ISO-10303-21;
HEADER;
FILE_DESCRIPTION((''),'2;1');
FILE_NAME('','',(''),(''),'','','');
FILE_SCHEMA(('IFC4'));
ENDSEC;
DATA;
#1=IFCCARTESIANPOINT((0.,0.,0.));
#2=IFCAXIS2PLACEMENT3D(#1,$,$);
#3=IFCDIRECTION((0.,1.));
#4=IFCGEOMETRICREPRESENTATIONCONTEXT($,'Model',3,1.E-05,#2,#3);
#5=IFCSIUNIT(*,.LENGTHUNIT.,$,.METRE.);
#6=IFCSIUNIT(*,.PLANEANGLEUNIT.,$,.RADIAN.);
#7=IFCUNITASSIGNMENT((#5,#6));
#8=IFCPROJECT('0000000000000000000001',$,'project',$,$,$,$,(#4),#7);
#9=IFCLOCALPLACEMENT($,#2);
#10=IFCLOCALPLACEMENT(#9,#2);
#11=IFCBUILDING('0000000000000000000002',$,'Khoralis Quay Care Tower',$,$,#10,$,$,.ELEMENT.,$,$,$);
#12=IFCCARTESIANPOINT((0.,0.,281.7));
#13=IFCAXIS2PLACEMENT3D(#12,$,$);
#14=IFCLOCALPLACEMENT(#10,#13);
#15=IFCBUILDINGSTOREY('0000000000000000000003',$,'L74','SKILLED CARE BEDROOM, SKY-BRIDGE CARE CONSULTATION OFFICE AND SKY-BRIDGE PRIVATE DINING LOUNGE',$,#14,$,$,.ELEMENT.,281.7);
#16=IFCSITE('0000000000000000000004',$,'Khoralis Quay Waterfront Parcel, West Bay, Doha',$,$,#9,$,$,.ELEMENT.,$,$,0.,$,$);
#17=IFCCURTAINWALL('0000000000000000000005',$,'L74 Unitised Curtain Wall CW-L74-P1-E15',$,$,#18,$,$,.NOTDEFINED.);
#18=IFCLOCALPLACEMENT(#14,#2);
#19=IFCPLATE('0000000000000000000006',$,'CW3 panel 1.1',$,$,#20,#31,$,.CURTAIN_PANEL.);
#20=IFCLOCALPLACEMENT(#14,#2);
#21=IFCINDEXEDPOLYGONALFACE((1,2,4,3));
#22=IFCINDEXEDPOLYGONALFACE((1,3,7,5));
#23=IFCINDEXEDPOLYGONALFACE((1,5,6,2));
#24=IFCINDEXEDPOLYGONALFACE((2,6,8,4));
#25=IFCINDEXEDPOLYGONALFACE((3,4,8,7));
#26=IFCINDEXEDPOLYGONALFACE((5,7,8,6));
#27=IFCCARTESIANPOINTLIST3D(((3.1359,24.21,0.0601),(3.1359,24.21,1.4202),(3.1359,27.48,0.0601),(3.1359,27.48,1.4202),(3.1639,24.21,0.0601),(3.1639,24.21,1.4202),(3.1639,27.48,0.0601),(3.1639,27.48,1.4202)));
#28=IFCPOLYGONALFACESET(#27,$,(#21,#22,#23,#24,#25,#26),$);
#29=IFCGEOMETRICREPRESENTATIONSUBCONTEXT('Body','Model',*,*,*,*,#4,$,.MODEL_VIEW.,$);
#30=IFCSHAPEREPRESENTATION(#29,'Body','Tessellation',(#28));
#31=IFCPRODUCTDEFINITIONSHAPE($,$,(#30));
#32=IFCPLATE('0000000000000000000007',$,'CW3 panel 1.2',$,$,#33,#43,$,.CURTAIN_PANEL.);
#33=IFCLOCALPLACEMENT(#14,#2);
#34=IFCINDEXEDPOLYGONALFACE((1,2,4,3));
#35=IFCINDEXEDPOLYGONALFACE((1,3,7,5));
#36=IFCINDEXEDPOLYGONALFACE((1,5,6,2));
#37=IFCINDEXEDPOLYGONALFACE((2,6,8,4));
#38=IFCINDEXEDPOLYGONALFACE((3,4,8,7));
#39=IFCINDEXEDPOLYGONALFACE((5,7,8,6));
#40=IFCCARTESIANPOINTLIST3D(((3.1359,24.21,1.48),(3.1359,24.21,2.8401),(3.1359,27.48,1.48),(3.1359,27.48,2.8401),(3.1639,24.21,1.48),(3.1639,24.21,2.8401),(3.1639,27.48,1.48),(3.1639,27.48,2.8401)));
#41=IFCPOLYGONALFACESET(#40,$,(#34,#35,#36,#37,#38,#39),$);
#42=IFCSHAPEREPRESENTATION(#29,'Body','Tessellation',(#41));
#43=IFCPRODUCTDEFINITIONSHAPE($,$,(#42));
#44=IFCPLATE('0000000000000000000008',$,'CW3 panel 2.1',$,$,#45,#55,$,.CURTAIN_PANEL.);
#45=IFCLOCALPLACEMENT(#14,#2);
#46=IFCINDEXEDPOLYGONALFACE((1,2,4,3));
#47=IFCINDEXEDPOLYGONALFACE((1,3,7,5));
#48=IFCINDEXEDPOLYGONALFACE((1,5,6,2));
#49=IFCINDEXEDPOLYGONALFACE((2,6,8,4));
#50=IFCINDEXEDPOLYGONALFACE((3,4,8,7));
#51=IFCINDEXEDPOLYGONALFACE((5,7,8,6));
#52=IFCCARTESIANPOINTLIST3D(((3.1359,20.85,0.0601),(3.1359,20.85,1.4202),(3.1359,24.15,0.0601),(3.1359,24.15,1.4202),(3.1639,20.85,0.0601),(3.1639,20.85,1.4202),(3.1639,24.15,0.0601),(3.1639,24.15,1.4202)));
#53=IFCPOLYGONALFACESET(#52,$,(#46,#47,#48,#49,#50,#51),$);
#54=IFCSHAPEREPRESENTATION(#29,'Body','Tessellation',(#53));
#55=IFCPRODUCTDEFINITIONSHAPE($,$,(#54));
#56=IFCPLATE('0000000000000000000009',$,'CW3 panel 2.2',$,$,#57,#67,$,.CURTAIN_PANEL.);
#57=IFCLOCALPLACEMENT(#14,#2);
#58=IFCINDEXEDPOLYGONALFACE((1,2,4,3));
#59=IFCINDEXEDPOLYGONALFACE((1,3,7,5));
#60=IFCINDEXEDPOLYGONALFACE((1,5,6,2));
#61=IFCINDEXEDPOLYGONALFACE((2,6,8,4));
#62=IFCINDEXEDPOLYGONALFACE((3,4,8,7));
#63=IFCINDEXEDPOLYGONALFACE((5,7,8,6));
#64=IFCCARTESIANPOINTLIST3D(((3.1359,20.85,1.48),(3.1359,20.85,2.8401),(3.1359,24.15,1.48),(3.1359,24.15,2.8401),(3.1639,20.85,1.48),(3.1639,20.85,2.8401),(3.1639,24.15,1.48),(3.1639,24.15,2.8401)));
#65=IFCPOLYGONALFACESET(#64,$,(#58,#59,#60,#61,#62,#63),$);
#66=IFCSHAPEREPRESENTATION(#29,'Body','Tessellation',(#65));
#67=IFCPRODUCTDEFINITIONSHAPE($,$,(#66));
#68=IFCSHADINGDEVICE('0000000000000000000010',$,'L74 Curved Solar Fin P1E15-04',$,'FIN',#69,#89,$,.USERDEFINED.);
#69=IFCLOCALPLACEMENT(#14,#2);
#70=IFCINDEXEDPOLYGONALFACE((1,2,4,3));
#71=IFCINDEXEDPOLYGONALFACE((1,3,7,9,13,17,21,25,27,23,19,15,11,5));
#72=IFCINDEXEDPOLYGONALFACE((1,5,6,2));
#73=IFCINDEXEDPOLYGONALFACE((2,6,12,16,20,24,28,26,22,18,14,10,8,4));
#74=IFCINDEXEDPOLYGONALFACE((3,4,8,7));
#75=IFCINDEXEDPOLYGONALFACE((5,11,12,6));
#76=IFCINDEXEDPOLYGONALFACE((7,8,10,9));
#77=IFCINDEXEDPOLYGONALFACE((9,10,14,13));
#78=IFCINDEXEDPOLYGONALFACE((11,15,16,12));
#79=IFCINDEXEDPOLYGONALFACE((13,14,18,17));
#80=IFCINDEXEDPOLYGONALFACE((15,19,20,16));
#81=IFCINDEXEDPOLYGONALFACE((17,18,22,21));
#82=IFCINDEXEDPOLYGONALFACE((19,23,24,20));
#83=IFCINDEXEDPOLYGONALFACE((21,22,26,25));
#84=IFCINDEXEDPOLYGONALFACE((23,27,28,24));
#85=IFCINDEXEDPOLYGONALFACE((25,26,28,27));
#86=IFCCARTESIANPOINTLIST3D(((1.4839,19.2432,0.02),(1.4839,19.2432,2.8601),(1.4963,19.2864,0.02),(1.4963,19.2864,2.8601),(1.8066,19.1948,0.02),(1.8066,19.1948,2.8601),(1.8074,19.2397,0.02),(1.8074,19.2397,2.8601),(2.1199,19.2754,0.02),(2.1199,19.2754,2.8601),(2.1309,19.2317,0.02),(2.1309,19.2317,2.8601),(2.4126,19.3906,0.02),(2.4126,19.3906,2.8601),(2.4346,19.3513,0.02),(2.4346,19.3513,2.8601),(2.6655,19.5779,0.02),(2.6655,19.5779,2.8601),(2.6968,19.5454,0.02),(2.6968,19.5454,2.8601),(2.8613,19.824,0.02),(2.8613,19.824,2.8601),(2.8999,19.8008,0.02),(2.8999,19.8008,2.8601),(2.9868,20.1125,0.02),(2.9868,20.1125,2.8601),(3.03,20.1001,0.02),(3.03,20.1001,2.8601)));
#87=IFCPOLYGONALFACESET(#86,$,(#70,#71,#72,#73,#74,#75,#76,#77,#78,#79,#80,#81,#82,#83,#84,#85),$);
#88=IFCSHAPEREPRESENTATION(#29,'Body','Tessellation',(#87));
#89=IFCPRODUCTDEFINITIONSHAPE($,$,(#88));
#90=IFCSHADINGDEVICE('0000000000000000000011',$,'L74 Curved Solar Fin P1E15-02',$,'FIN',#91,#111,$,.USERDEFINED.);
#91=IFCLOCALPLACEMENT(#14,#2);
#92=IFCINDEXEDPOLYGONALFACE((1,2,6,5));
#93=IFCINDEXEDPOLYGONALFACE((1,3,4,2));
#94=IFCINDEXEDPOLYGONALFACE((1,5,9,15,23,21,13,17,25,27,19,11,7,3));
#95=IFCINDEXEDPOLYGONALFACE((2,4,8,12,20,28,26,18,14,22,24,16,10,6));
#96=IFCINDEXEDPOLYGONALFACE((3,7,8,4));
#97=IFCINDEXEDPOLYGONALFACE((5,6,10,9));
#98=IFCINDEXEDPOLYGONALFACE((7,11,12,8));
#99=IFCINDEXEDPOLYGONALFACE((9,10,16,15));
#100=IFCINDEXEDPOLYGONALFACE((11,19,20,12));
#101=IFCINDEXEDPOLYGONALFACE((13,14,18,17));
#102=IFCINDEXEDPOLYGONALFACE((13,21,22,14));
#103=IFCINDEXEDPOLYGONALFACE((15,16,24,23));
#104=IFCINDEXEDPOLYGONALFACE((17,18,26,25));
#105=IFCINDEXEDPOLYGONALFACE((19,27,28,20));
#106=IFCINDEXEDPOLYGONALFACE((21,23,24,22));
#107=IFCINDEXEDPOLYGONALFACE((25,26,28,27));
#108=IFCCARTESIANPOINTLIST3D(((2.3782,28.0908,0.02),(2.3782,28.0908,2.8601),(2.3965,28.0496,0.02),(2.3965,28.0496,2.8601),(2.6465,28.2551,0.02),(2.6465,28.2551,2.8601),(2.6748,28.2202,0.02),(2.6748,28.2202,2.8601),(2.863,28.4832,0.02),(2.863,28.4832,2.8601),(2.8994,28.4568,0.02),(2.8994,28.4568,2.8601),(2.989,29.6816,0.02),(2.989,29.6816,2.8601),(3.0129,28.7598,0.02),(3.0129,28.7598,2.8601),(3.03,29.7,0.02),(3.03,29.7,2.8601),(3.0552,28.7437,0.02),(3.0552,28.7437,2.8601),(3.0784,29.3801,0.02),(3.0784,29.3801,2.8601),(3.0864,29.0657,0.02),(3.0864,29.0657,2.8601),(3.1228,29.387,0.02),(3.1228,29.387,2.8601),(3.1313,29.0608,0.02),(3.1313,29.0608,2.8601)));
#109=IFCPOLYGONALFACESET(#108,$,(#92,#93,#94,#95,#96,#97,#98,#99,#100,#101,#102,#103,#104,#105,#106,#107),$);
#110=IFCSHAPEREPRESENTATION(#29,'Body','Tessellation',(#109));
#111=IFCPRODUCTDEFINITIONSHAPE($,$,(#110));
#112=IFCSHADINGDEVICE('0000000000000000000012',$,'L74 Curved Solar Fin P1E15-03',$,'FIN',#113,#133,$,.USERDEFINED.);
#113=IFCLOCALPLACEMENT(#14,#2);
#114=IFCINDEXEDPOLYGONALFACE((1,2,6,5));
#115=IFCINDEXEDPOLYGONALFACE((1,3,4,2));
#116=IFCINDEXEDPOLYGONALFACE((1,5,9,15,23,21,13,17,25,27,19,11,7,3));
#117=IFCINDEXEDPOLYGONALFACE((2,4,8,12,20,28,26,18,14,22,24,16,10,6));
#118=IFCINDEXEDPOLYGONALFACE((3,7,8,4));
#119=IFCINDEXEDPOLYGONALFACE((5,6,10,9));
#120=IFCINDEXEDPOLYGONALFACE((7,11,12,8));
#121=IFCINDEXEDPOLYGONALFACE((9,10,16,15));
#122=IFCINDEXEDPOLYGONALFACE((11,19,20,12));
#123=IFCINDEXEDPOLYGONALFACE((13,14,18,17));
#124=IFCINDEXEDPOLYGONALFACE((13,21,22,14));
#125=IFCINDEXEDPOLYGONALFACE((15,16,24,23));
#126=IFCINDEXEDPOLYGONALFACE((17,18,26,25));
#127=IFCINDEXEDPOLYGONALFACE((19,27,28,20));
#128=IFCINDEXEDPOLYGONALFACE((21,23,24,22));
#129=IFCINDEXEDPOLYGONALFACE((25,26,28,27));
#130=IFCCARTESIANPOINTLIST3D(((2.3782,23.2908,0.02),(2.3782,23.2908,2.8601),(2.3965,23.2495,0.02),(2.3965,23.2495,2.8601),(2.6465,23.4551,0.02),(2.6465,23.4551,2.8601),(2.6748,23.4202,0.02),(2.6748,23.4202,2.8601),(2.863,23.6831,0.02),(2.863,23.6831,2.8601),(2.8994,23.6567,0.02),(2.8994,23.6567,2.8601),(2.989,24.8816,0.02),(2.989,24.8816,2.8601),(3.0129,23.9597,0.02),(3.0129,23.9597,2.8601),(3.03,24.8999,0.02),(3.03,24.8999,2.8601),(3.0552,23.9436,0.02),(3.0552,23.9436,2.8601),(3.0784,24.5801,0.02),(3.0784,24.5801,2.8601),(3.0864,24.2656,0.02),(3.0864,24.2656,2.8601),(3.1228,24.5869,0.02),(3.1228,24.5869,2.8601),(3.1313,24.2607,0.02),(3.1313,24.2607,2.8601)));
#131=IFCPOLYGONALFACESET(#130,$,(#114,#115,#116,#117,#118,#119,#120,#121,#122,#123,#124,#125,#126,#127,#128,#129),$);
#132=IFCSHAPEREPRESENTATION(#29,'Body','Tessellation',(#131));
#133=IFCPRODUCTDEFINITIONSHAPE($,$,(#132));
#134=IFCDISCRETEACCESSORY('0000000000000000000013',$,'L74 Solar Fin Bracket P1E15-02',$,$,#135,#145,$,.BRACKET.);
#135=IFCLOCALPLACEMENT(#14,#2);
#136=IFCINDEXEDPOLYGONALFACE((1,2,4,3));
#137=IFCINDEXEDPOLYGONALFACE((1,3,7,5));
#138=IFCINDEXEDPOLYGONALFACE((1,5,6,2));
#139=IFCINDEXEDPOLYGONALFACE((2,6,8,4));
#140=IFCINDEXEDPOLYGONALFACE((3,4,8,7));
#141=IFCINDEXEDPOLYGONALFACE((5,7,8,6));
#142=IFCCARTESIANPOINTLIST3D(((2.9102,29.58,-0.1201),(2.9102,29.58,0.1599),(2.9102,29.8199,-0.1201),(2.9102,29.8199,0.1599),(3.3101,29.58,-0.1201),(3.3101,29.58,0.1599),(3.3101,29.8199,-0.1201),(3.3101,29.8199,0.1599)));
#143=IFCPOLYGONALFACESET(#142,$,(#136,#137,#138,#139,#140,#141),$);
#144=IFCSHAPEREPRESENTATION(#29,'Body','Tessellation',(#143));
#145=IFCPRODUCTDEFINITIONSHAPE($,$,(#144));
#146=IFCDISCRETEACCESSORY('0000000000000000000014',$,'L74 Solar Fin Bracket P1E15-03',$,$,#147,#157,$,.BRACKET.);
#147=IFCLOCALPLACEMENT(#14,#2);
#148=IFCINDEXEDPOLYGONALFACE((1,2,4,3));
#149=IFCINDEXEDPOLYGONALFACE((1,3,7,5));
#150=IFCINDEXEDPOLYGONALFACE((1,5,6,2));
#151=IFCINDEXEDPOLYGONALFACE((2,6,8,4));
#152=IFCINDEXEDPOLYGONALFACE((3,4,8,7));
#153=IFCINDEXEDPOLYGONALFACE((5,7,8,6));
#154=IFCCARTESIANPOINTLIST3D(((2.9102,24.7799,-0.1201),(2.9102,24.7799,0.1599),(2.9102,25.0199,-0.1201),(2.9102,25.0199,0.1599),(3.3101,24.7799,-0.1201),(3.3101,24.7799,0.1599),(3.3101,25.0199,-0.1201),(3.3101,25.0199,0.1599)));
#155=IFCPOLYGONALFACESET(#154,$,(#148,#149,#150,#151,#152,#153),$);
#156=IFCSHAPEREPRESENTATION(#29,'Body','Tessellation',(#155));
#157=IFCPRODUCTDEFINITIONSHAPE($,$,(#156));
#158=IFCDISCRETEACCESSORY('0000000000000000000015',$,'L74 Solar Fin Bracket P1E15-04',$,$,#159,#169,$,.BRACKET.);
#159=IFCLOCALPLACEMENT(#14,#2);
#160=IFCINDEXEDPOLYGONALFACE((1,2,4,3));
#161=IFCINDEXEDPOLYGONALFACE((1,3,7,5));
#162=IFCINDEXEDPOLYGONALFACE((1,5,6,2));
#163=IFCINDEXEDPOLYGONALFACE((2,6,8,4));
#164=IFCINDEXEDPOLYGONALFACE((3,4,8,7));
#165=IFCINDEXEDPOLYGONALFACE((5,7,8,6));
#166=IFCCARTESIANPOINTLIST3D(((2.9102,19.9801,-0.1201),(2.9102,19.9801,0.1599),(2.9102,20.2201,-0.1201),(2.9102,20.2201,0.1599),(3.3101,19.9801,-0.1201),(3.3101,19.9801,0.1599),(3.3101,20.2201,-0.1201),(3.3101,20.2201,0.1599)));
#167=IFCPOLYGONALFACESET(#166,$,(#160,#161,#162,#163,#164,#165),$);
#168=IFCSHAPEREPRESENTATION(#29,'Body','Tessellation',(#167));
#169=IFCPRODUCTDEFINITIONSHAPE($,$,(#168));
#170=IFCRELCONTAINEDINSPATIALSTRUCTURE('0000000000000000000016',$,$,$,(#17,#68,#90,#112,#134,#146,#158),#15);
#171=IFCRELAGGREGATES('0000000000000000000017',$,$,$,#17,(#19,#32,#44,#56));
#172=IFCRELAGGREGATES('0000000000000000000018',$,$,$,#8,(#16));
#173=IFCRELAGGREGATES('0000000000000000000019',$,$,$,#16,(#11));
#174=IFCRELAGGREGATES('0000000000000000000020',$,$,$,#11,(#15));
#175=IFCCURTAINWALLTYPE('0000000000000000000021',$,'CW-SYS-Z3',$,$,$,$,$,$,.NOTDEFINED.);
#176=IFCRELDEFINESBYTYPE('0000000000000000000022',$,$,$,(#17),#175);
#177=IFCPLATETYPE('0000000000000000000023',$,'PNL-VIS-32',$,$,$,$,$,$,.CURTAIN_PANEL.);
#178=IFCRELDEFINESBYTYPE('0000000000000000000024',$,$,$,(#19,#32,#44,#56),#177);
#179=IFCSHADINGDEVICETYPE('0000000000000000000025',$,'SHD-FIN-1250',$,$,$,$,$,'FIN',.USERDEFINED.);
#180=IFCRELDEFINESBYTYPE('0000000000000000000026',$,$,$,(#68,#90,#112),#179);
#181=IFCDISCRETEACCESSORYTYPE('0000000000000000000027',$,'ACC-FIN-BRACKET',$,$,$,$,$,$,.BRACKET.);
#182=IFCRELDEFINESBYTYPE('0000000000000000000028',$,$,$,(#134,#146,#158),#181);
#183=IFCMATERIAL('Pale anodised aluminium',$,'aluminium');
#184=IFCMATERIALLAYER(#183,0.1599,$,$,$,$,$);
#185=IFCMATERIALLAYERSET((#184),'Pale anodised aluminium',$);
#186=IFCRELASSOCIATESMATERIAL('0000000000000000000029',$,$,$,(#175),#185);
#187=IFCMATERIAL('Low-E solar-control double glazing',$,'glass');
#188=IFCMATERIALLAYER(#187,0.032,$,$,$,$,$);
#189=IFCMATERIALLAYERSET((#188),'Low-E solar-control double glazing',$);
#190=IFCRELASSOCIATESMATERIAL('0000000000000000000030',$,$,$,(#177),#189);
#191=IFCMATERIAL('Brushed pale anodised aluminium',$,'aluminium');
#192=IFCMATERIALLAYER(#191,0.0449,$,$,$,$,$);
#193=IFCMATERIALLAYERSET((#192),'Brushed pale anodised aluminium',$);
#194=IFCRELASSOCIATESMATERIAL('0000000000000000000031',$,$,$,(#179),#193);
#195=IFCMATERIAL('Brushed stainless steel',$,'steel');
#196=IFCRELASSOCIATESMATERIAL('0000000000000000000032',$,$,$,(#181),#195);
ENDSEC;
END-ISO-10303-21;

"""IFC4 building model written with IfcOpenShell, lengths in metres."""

from ifc_helpers import new_model, si_unit, direction, frame, origin, origin_2d, place, context, subcontext, project, spatial, polyline, rectangle, outline, extrude, source, transform, mapped, material, layer, layer_set, type_object, element, aggregate, save


model = new_model("IFC4")

# Units and contexts
model_context = context("Model", 3, precision=1e-05, world=origin(), true_north=direction((0.0, 1.0)))
body_context = subcontext(model_context, "Body", "Model", "MODEL_VIEW")
ifc_project = project(units=[si_unit("LENGTHUNIT", "METRE"), si_unit("PLANEANGLEUNIT", "RADIAN")], contexts=[model_context])

# Site, building, storey
site_placement = place(None, origin())
site = spatial("IfcSite", under=ifc_project, at=site_placement, Name="Khoralis Quay Waterfront Parcel, West Bay, Doha", CompositionType="ELEMENT", RefElevation=0.0)
building_placement = place(site_placement, origin())
building = spatial("IfcBuilding", under=site, at=building_placement, Name="Khoralis Quay Care Tower", CompositionType="ELEMENT")
storey_placement = place(building_placement, frame((0.0, 0.0, 281.7)))
storey = spatial("IfcBuildingStorey", under=building, at=storey_placement, Name="L74", Description="SKILLED CARE BEDROOM, SKY-BRIDGE CARE CONSULTATION OFFICE AND SKY-BRIDGE PRIVATE DINING LOUNGE", CompositionType="ELEMENT", Elevation=281.7)

# Curtain wall, plates
ifc_material_1 = material(Name="Pale anodised aluminium", Category="aluminium")
ifc_layer_1 = layer(ifc_material_1, 0.1599)
ifc_layer_set_1 = layer_set([ifc_layer_1], Name="Pale anodised aluminium")
curtain_wall_type = type_object("IfcCurtainWallType", Name="CW-SYS-Z3", PredefinedType="NOTDEFINED", material=ifc_layer_set_1)
curtain_wall_placement = place(storey_placement, origin())
curtain_wall = element("IfcCurtainWall", 1, at=curtain_wall_placement, inside=storey, type_object=curtain_wall_type, Name="L74 Unitised Curtain Wall CW-L74-P1-E15", PredefinedType="NOTDEFINED")
ifc_material_2 = material(Name="Low-E solar-control double glazing", Category="glass")
ifc_layer_2 = layer(ifc_material_2, 0.032)
ifc_layer_set_2 = layer_set([ifc_layer_2], Name="Low-E solar-control double glazing")
plate_type = type_object("IfcPlateType", Name="PNL-VIS-32", PredefinedType="CURTAIN_PANEL", material=ifc_layer_set_2)
shared_shape_1 = source(origin(), body_context, "Body", "SweptSolid", [
    extrude(rectangle(XDim=3.27, YDim=0.0281, at=origin_2d()), origin(), (0.0, 0.0, 1.0), 1.3601),
])
plate_1_placement = place(storey_placement, frame((3.1499, 25.845, 0.0601), z_axis=(0.0, 0.0, 1.0), x_axis=(0.0, -1.0, 0.0)))
plate_1 = element("IfcPlate", 2, at=plate_1_placement, type_object=plate_type, Name="CW3 panel 1.1", PredefinedType="CURTAIN_PANEL", context=body_context, shape_type="MappedRepresentation", body=[
    mapped(shared_shape_1, transform((0.0, 0.0, 0.0), scale=1.0)),
])
plate_2_placement = place(storey_placement, frame((3.1499, 25.845, 1.48), z_axis=(0.0, 0.0, 1.0), x_axis=(0.0, -1.0, 0.0)))
plate_2 = element("IfcPlate", 3, at=plate_2_placement, type_object=plate_type, Name="CW3 panel 1.2", PredefinedType="CURTAIN_PANEL", context=body_context, shape_type="MappedRepresentation", body=[
    mapped(shared_shape_1, transform((0.0, 0.0, 0.0), scale=1.0)),
])
shared_shape_2 = source(origin(), body_context, "Body", "SweptSolid", [
    extrude(rectangle(XDim=3.3, YDim=0.0281, at=origin_2d()), origin(), (0.0, 0.0, 1.0), 1.3601),
])
plate_3_placement = place(storey_placement, frame((3.1499, 22.5, 0.0601), z_axis=(0.0, 0.0, 1.0), x_axis=(0.0, -1.0, 0.0)))
plate_3 = element("IfcPlate", 4, at=plate_3_placement, type_object=plate_type, Name="CW3 panel 2.1", PredefinedType="CURTAIN_PANEL", context=body_context, shape_type="MappedRepresentation", body=[
    mapped(shared_shape_2, transform((0.0, 0.0, 0.0), scale=1.0)),
])
plate_4_placement = place(storey_placement, frame((3.1499, 22.5, 1.48), z_axis=(0.0, 0.0, 1.0), x_axis=(0.0, -1.0, 0.0)))
plate_4 = element("IfcPlate", 5, at=plate_4_placement, type_object=plate_type, Name="CW3 panel 2.2", PredefinedType="CURTAIN_PANEL", context=body_context, shape_type="MappedRepresentation", body=[
    mapped(shared_shape_2, transform((0.0, 0.0, 0.0), scale=1.0)),
])
aggregate(curtain_wall, [plate_1, plate_2, plate_3, plate_4])

# Shading devices
ifc_material_3 = material(Name="Brushed pale anodised aluminium", Category="aluminium")
ifc_layer_3 = layer(ifc_material_3, 0.0449)
ifc_layer_set_3 = layer_set([ifc_layer_3], Name="Brushed pale anodised aluminium")
shading_device_type = type_object("IfcShadingDeviceType", Name="SHD-FIN-1250", ElementType="FIN", PredefinedType="USERDEFINED", material=ifc_layer_set_3)
shared_shape_3 = source(origin(), body_context, "Body", "SweptSolid", [
    extrude(outline(polyline([(0.0, 0.0), (0.1301, 0.2993), (0.3333, 0.5547), (0.5955, 0.7488), (0.8992, 0.8684), (1.2234, 0.9053), (1.5461, 0.8569), (1.5337, 0.8137), (1.2227, 0.8604), (0.9102, 0.8247), (0.6174, 0.7095), (0.3645, 0.5222), (0.1687, 0.2761), (0.0432, -0.0125), (0.0, 0.0)])), origin(), (0.0, 0.0, 1.0), 2.8401),
])
shading_device_placement = place(storey_placement, frame((3.03, 20.1001, 0.02), z_axis=(0.0, 0.0, 1.0), x_axis=(-1.0, 0.0, 0.0)))
element("IfcShadingDevice", 6, at=shading_device_placement, inside=storey, type_object=shading_device_type, Name="L74 Curved Solar Fin P1E15-04", ObjectType="FIN", PredefinedType="USERDEFINED", context=body_context, shape_type="MappedRepresentation", body=[
    mapped(shared_shape_3, transform((0.0, 0.0, 0.0), scale=1.0)),
])
shared_shape_4 = source(origin(), body_context, "Body", "SweptSolid", [
    extrude(outline(polyline([(0.0, 0.0), (-0.0928, 0.313), (-0.1013, 0.6392), (-0.0251, 0.9563), (0.1306, 1.2432), (0.3552, 1.4797), (0.6335, 1.6504), (0.6519, 1.6091), (0.3835, 1.4448), (0.167, 1.2168), (0.0171, 0.9402), (-0.0564, 0.6343), (-0.0483, 0.3198), (0.041, 0.0183), (0.0, 0.0)])), origin(), (0.0, 0.0, 1.0), 2.8401),
])
for number, where, z_axis, x_axis, name in (
    (7, (3.03, 29.7, 0.02), (0.0, 0.0, 1.0), (-1.0, 0.0, 0.0), "L74 Curved Solar Fin P1E15-02"),
    (8, (3.03, 24.8999, 0.02), (0.0, 0.0, 1.0), (-1.0, 0.0, 0.0), "L74 Curved Solar Fin P1E15-03"),
):
    element("IfcShadingDevice", number, at=place(storey_placement, frame(where, z_axis=z_axis, x_axis=x_axis)), inside=storey, type_object=shading_device_type, Name=name, ObjectType="FIN", PredefinedType="USERDEFINED", context=body_context, shape_type="MappedRepresentation", body=[
        mapped(shared_shape_4, transform((0.0, 0.0, 0.0), scale=1.0)),
    ])

# Discrete accessories
ifc_material_4 = material(Name="Brushed stainless steel", Category="steel")
discrete_accessory_type = type_object("IfcDiscreteAccessoryType", Name="ACC-FIN-BRACKET", PredefinedType="BRACKET", material=ifc_material_4)
shared_shape_5 = source(origin(), body_context, "Body", "SweptSolid", [
    extrude(rectangle(XDim=0.3999, YDim=0.24, at=origin_2d()), origin(), (0.0, 0.0, 1.0), 0.28),
])
for number, where, z_axis, x_axis, name in (
    (9, (3.1101, 29.7, -0.1201), (0.0, 0.0, 1.0), (-1.0, 0.0, 0.0), "L74 Solar Fin Bracket P1E15-02"),
    (10, (3.1101, 24.8999, -0.1201), (0.0, 0.0, 1.0), (-1.0, 0.0, 0.0), "L74 Solar Fin Bracket P1E15-03"),
    (11, (3.1101, 20.1001, -0.1201), (0.0, 0.0, 1.0), (-1.0, 0.0, 0.0), "L74 Solar Fin Bracket P1E15-04"),
):
    element("IfcDiscreteAccessory", number, at=place(storey_placement, frame(where, z_axis=z_axis, x_axis=x_axis)), inside=storey, type_object=discrete_accessory_type, Name=name, PredefinedType="BRACKET", context=body_context, shape_type="MappedRepresentation", body=[
        mapped(shared_shape_5, transform((0.0, 0.0, 0.0), scale=1.0)),
    ])

save(model, "model.ifc")
